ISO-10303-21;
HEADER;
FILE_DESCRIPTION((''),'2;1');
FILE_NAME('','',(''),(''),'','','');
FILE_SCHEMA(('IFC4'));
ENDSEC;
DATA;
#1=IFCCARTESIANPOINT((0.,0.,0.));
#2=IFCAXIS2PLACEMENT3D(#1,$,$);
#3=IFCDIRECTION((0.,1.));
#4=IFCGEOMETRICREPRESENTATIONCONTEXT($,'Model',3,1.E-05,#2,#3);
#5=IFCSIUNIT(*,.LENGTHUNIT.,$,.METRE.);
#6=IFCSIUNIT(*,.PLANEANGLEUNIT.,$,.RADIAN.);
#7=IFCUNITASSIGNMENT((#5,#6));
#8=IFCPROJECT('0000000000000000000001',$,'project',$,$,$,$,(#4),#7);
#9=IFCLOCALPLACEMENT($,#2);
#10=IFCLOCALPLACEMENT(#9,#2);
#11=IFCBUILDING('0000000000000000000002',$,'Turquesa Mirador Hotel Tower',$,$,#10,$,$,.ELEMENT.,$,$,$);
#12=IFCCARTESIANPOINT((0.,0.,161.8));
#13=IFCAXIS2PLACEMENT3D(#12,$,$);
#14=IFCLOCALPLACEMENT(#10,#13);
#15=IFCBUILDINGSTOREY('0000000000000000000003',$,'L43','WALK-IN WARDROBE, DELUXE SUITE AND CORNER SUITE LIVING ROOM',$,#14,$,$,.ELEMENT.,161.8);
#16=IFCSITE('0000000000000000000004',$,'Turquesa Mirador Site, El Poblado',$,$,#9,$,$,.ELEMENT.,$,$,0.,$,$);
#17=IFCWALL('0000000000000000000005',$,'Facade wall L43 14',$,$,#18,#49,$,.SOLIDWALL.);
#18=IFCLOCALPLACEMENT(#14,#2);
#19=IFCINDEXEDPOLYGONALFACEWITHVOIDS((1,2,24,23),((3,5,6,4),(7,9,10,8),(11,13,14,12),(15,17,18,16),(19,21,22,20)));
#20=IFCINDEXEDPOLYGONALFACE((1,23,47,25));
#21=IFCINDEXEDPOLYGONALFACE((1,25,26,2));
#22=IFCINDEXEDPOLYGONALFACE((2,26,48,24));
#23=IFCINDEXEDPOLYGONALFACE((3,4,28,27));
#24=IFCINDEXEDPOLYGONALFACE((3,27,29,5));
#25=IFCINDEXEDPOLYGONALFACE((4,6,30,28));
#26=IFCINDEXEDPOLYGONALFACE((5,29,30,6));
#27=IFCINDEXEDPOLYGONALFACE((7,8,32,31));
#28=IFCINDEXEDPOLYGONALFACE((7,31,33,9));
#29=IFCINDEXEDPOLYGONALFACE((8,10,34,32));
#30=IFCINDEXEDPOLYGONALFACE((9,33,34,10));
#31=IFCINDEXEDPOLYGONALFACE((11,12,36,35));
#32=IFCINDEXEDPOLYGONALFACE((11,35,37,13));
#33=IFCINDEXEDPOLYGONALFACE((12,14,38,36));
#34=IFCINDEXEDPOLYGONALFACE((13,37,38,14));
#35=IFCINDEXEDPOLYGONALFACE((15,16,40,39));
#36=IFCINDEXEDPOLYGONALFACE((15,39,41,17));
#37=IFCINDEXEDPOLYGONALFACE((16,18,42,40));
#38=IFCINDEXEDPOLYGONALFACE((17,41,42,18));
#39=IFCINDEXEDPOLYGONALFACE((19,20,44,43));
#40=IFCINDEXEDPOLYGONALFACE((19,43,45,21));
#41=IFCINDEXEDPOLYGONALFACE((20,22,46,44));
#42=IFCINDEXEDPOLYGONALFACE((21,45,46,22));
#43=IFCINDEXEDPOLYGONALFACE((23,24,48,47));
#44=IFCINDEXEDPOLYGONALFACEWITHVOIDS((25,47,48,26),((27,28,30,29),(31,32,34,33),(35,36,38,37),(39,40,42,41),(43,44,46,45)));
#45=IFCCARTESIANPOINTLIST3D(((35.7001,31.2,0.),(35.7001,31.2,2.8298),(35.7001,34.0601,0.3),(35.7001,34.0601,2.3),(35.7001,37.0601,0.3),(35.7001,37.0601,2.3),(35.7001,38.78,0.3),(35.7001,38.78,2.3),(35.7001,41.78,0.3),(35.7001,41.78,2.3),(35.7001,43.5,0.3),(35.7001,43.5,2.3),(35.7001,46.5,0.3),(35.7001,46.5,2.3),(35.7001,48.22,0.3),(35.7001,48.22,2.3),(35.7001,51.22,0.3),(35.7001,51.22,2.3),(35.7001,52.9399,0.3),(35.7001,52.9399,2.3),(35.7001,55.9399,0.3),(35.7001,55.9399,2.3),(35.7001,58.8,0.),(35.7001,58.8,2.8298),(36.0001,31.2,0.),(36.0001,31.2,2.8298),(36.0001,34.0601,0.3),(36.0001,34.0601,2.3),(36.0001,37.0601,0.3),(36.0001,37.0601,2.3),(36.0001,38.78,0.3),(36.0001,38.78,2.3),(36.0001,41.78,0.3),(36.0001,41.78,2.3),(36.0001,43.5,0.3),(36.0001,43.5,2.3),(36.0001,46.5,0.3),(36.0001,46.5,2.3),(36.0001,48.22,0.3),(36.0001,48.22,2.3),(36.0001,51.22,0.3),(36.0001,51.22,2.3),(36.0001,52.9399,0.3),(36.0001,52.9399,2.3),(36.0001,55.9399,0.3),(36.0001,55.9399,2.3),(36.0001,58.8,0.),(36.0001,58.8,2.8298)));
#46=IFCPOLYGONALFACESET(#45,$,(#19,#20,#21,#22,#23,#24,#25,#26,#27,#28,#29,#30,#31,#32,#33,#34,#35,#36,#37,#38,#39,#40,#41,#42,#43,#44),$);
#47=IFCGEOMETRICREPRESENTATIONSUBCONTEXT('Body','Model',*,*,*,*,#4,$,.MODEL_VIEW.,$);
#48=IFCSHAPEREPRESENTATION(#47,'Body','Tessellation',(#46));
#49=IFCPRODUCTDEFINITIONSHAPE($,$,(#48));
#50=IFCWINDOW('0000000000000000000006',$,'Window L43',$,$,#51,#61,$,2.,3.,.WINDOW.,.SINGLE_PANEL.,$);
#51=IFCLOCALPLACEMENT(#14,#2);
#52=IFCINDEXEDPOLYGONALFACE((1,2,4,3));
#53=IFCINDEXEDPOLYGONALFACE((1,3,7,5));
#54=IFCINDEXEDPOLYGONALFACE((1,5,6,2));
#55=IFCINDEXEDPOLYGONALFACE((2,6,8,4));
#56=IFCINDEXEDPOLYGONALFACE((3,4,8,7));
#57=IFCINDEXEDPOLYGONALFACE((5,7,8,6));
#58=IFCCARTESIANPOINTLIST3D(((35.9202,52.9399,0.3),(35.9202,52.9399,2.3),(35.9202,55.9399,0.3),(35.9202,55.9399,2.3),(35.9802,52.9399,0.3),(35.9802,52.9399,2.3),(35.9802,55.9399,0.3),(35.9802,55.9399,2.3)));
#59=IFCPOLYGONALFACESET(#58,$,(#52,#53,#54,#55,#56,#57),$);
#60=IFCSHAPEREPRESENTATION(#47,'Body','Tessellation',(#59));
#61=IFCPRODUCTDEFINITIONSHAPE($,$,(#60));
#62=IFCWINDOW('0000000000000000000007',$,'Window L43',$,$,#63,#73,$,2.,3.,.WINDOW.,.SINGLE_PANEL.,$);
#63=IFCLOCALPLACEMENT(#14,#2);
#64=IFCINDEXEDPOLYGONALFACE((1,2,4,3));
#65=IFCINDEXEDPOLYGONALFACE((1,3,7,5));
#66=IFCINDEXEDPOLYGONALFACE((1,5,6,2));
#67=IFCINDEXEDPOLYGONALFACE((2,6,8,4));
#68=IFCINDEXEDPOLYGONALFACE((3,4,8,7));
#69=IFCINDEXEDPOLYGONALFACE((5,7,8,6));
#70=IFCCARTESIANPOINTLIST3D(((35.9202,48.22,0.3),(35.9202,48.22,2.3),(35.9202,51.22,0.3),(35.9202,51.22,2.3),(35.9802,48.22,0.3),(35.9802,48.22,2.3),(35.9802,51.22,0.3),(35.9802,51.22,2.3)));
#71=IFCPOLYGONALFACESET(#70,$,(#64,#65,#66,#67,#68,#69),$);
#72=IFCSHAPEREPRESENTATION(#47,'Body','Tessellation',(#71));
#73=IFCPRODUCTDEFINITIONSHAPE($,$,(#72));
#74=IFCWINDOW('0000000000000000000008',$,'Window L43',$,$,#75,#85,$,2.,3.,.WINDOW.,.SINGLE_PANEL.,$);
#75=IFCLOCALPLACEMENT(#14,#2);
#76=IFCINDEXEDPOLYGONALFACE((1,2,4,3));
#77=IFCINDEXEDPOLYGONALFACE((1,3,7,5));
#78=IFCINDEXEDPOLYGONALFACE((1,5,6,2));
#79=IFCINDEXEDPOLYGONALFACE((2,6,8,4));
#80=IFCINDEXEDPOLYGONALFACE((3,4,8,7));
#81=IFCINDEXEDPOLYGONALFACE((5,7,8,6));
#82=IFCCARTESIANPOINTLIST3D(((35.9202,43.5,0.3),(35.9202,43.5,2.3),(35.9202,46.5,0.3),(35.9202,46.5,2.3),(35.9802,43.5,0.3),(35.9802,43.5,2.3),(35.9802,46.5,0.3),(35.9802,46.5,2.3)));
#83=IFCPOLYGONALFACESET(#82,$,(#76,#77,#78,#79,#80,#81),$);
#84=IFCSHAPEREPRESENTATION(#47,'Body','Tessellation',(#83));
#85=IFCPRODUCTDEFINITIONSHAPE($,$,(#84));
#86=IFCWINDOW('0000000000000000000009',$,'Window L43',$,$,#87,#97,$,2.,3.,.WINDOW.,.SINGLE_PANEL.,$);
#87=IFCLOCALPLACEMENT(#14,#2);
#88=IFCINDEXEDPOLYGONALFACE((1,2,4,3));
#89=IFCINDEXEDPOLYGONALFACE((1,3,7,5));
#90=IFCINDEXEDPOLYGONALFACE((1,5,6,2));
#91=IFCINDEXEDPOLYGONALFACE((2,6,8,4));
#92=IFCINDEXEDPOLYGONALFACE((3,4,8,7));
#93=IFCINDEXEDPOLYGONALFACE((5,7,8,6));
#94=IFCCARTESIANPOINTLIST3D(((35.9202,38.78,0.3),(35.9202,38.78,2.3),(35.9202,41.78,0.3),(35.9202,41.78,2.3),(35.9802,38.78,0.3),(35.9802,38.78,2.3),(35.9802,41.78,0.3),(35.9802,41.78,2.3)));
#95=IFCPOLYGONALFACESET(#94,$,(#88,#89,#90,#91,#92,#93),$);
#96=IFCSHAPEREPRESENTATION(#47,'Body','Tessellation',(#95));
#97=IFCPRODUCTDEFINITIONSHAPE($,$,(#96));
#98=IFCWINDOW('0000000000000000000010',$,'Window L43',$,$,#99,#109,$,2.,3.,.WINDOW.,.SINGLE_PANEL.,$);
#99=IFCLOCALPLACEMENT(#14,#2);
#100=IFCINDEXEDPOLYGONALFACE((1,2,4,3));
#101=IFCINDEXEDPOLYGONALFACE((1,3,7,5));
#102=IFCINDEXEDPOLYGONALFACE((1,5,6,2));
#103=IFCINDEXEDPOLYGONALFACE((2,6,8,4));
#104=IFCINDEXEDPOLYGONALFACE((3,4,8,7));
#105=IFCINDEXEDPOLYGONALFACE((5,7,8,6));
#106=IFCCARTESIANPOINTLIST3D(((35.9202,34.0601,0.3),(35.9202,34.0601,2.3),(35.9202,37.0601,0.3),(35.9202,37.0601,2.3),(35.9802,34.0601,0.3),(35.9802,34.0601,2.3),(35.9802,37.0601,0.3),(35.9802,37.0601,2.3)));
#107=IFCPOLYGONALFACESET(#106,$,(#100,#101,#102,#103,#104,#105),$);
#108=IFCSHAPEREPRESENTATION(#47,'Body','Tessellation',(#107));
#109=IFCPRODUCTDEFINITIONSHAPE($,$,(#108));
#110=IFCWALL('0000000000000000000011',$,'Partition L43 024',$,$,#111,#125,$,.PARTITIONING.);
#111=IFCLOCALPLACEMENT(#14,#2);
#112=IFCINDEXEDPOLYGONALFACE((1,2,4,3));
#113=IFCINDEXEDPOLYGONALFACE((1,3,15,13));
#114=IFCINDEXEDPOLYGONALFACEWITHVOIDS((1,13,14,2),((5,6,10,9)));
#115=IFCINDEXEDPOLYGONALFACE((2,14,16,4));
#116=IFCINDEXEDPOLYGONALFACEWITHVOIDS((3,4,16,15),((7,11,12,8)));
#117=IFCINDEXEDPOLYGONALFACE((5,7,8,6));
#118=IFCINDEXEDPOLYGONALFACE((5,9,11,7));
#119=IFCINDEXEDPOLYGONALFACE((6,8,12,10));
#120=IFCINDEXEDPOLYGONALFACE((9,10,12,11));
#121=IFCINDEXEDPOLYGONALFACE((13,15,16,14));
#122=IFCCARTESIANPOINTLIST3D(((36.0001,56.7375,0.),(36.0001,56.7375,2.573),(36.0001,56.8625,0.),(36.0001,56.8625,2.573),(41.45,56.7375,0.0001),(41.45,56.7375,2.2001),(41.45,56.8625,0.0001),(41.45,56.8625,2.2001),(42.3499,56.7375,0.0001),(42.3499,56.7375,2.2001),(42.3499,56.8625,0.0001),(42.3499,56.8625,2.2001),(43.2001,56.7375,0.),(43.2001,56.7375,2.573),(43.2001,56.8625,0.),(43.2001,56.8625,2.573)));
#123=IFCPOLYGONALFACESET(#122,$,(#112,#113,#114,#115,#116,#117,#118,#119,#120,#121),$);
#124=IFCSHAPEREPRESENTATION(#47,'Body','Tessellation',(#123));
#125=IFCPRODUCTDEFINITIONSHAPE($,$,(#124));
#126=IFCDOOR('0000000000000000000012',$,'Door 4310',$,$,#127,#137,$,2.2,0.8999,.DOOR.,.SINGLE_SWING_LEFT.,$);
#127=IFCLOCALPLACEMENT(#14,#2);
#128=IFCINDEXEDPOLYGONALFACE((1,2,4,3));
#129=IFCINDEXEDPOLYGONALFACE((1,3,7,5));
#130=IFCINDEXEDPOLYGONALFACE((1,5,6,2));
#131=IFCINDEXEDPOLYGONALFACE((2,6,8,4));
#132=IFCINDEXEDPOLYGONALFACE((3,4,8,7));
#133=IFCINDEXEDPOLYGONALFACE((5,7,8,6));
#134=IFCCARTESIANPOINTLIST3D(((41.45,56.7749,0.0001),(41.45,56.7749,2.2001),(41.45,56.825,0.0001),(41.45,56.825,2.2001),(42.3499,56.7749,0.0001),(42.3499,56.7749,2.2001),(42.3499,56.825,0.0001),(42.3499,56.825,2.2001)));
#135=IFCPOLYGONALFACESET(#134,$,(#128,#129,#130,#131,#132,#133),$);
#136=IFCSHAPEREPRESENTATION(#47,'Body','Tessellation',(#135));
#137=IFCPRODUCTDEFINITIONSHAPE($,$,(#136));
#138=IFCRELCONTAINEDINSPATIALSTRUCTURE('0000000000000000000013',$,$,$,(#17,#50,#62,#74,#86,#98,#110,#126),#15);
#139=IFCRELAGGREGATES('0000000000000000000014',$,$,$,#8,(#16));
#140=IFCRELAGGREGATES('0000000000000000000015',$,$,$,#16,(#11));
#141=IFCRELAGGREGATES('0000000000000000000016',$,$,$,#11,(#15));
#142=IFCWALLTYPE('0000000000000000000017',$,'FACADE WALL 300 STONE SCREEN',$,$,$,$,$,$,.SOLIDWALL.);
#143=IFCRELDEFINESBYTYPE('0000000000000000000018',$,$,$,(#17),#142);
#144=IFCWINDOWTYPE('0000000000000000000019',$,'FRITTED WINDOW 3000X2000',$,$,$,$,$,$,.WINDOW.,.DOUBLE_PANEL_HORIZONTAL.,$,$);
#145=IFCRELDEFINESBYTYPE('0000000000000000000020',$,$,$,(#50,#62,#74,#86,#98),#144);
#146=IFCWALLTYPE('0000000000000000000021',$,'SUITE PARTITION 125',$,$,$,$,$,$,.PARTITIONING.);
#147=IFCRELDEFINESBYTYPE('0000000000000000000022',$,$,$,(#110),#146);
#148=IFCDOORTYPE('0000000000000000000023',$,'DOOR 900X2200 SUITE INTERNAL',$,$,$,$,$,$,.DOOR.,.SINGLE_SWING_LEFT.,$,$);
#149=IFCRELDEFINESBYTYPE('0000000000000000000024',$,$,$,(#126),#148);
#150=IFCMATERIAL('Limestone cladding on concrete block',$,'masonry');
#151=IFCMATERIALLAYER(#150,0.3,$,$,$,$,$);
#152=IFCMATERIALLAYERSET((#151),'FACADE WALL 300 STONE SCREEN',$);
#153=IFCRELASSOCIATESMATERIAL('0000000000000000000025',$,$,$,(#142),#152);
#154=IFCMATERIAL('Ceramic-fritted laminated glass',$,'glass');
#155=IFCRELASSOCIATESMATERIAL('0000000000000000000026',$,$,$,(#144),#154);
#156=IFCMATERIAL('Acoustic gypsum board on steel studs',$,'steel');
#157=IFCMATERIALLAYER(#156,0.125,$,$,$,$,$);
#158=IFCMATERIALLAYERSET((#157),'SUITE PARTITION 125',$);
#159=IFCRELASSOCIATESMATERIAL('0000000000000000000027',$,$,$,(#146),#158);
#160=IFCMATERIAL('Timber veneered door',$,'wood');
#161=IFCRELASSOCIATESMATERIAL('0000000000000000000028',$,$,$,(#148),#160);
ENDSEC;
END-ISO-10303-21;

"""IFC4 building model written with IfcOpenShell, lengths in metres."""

from ifc_helpers import new_model, si_unit, direction, frame, frame_2d, origin, place, context, subcontext, project, spatial, rectangle, extrude, material, layer, layer_set, type_object, element, fill, save


model = new_model("IFC4")

# Units and contexts
model_context = context("Model", 3, precision=1e-05, world=origin(), true_north=direction((0.0, 1.0)))
body_context = subcontext(model_context, "Body", "Model", "MODEL_VIEW")
ifc_project = project(units=[si_unit("LENGTHUNIT", "METRE"), si_unit("PLANEANGLEUNIT", "RADIAN")], contexts=[model_context])

# Site, building, storey
site_placement = place(None, origin())
site = spatial("IfcSite", under=ifc_project, at=site_placement, Name="Turquesa Mirador Site, El Poblado", CompositionType="ELEMENT", RefElevation=0.0)
building_placement = place(site_placement, origin())
building = spatial("IfcBuilding", under=site, at=building_placement, Name="Turquesa Mirador Hotel Tower", CompositionType="ELEMENT")
storey_placement = place(building_placement, frame((0.0, 0.0, 161.8)))
storey = spatial("IfcBuildingStorey", under=building, at=storey_placement, Name="L43", Description="WALK-IN WARDROBE, DELUXE SUITE AND CORNER SUITE LIVING ROOM", CompositionType="ELEMENT", Elevation=161.8)

# Shared definitions
ifc_material_1 = material(Name="Limestone cladding on concrete block", Category="masonry")
ifc_layer_1 = layer(ifc_material_1, 0.3)
ifc_layer_set_1 = layer_set([ifc_layer_1], Name="FACADE WALL 300 STONE SCREEN")
wall_type_1 = type_object("IfcWallType", Name="FACADE WALL 300 STONE SCREEN", PredefinedType="SOLIDWALL", material=ifc_layer_set_1)

# Wall, openings, windows
wall_1_placement = place(storey_placement, frame((35.8501, 58.8, 0.0), z_axis=(0.0, 0.0, 1.0), x_axis=(0.0, -1.0, 0.0)))
wall_1 = element("IfcWall", 1, at=wall_1_placement, inside=storey, type_object=wall_type_1, Name="Facade wall L43 14", PredefinedType="SOLIDWALL", context=body_context, shape_type="SweptSolid", body=[
    extrude(rectangle(XDim=27.6001, YDim=0.3, at=frame_2d((13.8, 0.0))), origin(), (0.0, 0.0, 1.0), 2.8298),
])
opening_1_placement = place(wall_1_placement, frame((2.8601, 0.0, 0.3)))
opening_1 = element("IfcOpeningElement", 2, at=opening_1_placement, cuts=wall_1, PredefinedType="OPENING", context=body_context, shape_type="SweptSolid", body=[
    extrude(rectangle(XDim=3.0, YDim=2.0, at=frame_2d((1.5, 1.0))), frame((0.0, 0.1599, 0.0), z_axis=(0.0, -1.0, 0.0), x_axis=(1.0, 0.0, 0.0)), (0.0, 0.0, 1.0), 0.3201),
])
opening_2_placement = place(wall_1_placement, frame((7.5801, 0.0, 0.3)))
opening_2 = element("IfcOpeningElement", 3, at=opening_2_placement, cuts=wall_1, PredefinedType="OPENING", context=body_context, shape_type="SweptSolid", body=[
    extrude(rectangle(XDim=3.0, YDim=2.0, at=frame_2d((1.5, 1.0))), frame((0.0, 0.1599, 0.0), z_axis=(0.0, -1.0, 0.0), x_axis=(1.0, 0.0, 0.0)), (0.0, 0.0, 1.0), 0.3201),
])
opening_3_placement = place(wall_1_placement, frame((12.3, 0.0, 0.3)))
opening_3 = element("IfcOpeningElement", 4, at=opening_3_placement, cuts=wall_1, PredefinedType="OPENING", context=body_context, shape_type="SweptSolid", body=[
    extrude(rectangle(XDim=3.0, YDim=2.0, at=frame_2d((1.5, 1.0))), frame((0.0, 0.1599, 0.0), z_axis=(0.0, -1.0, 0.0), x_axis=(1.0, 0.0, 0.0)), (0.0, 0.0, 1.0), 0.3201),
])
opening_4_placement = place(wall_1_placement, frame((17.02, 0.0, 0.3)))
opening_4 = element("IfcOpeningElement", 5, at=opening_4_placement, cuts=wall_1, PredefinedType="OPENING", context=body_context, shape_type="SweptSolid", body=[
    extrude(rectangle(XDim=3.0, YDim=2.0, at=frame_2d((1.5, 1.0))), frame((0.0, 0.1599, 0.0), z_axis=(0.0, -1.0, 0.0), x_axis=(1.0, 0.0, 0.0)), (0.0, 0.0, 1.0), 0.3201),
])
opening_5_placement = place(wall_1_placement, frame((21.74, 0.0, 0.3)))
opening_5 = element("IfcOpeningElement", 6, at=opening_5_placement, cuts=wall_1, PredefinedType="OPENING", context=body_context, shape_type="SweptSolid", body=[
    extrude(rectangle(XDim=3.0, YDim=2.0, at=frame_2d((1.5, 1.0))), frame((0.0, 0.1599, 0.0), z_axis=(0.0, -1.0, 0.0), x_axis=(1.0, 0.0, 0.0)), (0.0, 0.0, 1.0), 0.3201),
])
ifc_material_2 = material(Name="Ceramic-fritted laminated glass", Category="glass")
window_type_1 = type_object("IfcWindowType", Name="FRITTED WINDOW 3000X2000", PartitioningType="DOUBLE_PANEL_HORIZONTAL", PredefinedType="WINDOW", material=ifc_material_2)
window_1_placement = place(opening_1_placement, origin())
window_1 = element("IfcWindow", 7, at=window_1_placement, inside=storey, type_object=window_type_1, Name="Window L43", OverallHeight=2.0, OverallWidth=3.0, PartitioningType="SINGLE_PANEL", PredefinedType="WINDOW", context=body_context, shape_type="SweptSolid", body=[
    extrude(rectangle(XDim=3.0, YDim=2.0, at=frame_2d((1.5, 1.0))), frame((0.0, 0.1301, 0.0), z_axis=(0.0, -1.0, 0.0), x_axis=(1.0, 0.0, 0.0)), (0.0, 0.0, 1.0), 0.0601),
])
fill(opening_1, window_1)
window_2_placement = place(opening_2_placement, origin())
window_2 = element("IfcWindow", 8, at=window_2_placement, inside=storey, type_object=window_type_1, Name="Window L43", OverallHeight=2.0, OverallWidth=3.0, PartitioningType="SINGLE_PANEL", PredefinedType="WINDOW", context=body_context, shape_type="SweptSolid", body=[
    extrude(rectangle(XDim=3.0, YDim=2.0, at=frame_2d((1.5, 1.0))), frame((0.0, 0.1301, 0.0), z_axis=(0.0, -1.0, 0.0), x_axis=(1.0, 0.0, 0.0)), (0.0, 0.0, 1.0), 0.0601),
])
fill(opening_2, window_2)
window_3_placement = place(opening_3_placement, origin())
window_3 = element("IfcWindow", 9, at=window_3_placement, inside=storey, type_object=window_type_1, Name="Window L43", OverallHeight=2.0, OverallWidth=3.0, PartitioningType="SINGLE_PANEL", PredefinedType="WINDOW", context=body_context, shape_type="SweptSolid", body=[
    extrude(rectangle(XDim=3.0, YDim=2.0, at=frame_2d((1.5, 1.0))), frame((0.0, 0.1301, 0.0), z_axis=(0.0, -1.0, 0.0), x_axis=(1.0, 0.0, 0.0)), (0.0, 0.0, 1.0), 0.0601),
])
fill(opening_3, window_3)
window_4_placement = place(opening_4_placement, origin())
window_4 = element("IfcWindow", 10, at=window_4_placement, inside=storey, type_object=window_type_1, Name="Window L43", OverallHeight=2.0, OverallWidth=3.0, PartitioningType="SINGLE_PANEL", PredefinedType="WINDOW", context=body_context, shape_type="SweptSolid", body=[
    extrude(rectangle(XDim=3.0, YDim=2.0, at=frame_2d((1.5, 1.0))), frame((0.0, 0.1301, 0.0), z_axis=(0.0, -1.0, 0.0), x_axis=(1.0, 0.0, 0.0)), (0.0, 0.0, 1.0), 0.0601),
])
fill(opening_4, window_4)
window_5_placement = place(opening_5_placement, origin())
window_5 = element("IfcWindow", 11, at=window_5_placement, inside=storey, type_object=window_type_1, Name="Window L43", OverallHeight=2.0, OverallWidth=3.0, PartitioningType="SINGLE_PANEL", PredefinedType="WINDOW", context=body_context, shape_type="SweptSolid", body=[
    extrude(rectangle(XDim=3.0, YDim=2.0, at=frame_2d((1.5, 1.0))), frame((0.0, 0.1301, 0.0), z_axis=(0.0, -1.0, 0.0), x_axis=(1.0, 0.0, 0.0)), (0.0, 0.0, 1.0), 0.0601),
])
fill(opening_5, window_5)

# Wall, opening, door
ifc_material_3 = material(Name="Acoustic gypsum board on steel studs", Category="steel")
ifc_layer_2 = layer(ifc_material_3, 0.125)
ifc_layer_set_2 = layer_set([ifc_layer_2], Name="SUITE PARTITION 125")
wall_type_2 = type_object("IfcWallType", Name="SUITE PARTITION 125", PredefinedType="PARTITIONING", material=ifc_layer_set_2)
wall_2_placement = place(storey_placement, frame((36.0, 56.8, 0.0), z_axis=(0.0, 0.0, 1.0), x_axis=(1.0, 0.0, 0.0)))
wall_2 = element("IfcWall", 12, at=wall_2_placement, inside=storey, type_object=wall_type_2, Name="Partition L43 024", PredefinedType="PARTITIONING", context=body_context, shape_type="SweptSolid", body=[
    extrude(rectangle(XDim=7.2, YDim=0.125, at=frame_2d((3.6001, 0.0))), origin(), (0.0, 0.0, 1.0), 2.573),
])
opening_6_placement = place(wall_2_placement, frame((5.45, 0.0, 0.0)))
opening_6 = element("IfcOpeningElement", 13, at=opening_6_placement, cuts=wall_2, PredefinedType="OPENING", context=body_context, shape_type="SweptSolid", body=[
    extrude(rectangle(XDim=0.8999, YDim=2.2, at=frame_2d((0.45, 1.1001))), frame((0.0, 0.0725, 0.0), z_axis=(0.0, -1.0, 0.0), x_axis=(1.0, 0.0, 0.0)), (0.0, 0.0, 1.0), 0.145),
])
ifc_material_4 = material(Name="Timber veneered door", Category="wood")
door_type = type_object("IfcDoorType", Name="DOOR 900X2200 SUITE INTERNAL", OperationType="SINGLE_SWING_LEFT", PredefinedType="DOOR", material=ifc_material_4)
door_placement = place(opening_6_placement, origin())
door = element("IfcDoor", 14, at=door_placement, inside=storey, type_object=door_type, Name="Door 4310", OperationType="SINGLE_SWING_LEFT", OverallHeight=2.2, OverallWidth=0.8999, PredefinedType="DOOR", context=body_context, shape_type="SweptSolid", body=[
    extrude(rectangle(XDim=0.8999, YDim=2.2, at=frame_2d((0.45, 1.1001))), frame((0.0, 0.0249, 0.0), z_axis=(0.0, -1.0, 0.0), x_axis=(1.0, 0.0, 0.0)), (0.0, 0.0, 1.0), 0.05),
])
fill(opening_6, door)

save(model, "model.ifc")
